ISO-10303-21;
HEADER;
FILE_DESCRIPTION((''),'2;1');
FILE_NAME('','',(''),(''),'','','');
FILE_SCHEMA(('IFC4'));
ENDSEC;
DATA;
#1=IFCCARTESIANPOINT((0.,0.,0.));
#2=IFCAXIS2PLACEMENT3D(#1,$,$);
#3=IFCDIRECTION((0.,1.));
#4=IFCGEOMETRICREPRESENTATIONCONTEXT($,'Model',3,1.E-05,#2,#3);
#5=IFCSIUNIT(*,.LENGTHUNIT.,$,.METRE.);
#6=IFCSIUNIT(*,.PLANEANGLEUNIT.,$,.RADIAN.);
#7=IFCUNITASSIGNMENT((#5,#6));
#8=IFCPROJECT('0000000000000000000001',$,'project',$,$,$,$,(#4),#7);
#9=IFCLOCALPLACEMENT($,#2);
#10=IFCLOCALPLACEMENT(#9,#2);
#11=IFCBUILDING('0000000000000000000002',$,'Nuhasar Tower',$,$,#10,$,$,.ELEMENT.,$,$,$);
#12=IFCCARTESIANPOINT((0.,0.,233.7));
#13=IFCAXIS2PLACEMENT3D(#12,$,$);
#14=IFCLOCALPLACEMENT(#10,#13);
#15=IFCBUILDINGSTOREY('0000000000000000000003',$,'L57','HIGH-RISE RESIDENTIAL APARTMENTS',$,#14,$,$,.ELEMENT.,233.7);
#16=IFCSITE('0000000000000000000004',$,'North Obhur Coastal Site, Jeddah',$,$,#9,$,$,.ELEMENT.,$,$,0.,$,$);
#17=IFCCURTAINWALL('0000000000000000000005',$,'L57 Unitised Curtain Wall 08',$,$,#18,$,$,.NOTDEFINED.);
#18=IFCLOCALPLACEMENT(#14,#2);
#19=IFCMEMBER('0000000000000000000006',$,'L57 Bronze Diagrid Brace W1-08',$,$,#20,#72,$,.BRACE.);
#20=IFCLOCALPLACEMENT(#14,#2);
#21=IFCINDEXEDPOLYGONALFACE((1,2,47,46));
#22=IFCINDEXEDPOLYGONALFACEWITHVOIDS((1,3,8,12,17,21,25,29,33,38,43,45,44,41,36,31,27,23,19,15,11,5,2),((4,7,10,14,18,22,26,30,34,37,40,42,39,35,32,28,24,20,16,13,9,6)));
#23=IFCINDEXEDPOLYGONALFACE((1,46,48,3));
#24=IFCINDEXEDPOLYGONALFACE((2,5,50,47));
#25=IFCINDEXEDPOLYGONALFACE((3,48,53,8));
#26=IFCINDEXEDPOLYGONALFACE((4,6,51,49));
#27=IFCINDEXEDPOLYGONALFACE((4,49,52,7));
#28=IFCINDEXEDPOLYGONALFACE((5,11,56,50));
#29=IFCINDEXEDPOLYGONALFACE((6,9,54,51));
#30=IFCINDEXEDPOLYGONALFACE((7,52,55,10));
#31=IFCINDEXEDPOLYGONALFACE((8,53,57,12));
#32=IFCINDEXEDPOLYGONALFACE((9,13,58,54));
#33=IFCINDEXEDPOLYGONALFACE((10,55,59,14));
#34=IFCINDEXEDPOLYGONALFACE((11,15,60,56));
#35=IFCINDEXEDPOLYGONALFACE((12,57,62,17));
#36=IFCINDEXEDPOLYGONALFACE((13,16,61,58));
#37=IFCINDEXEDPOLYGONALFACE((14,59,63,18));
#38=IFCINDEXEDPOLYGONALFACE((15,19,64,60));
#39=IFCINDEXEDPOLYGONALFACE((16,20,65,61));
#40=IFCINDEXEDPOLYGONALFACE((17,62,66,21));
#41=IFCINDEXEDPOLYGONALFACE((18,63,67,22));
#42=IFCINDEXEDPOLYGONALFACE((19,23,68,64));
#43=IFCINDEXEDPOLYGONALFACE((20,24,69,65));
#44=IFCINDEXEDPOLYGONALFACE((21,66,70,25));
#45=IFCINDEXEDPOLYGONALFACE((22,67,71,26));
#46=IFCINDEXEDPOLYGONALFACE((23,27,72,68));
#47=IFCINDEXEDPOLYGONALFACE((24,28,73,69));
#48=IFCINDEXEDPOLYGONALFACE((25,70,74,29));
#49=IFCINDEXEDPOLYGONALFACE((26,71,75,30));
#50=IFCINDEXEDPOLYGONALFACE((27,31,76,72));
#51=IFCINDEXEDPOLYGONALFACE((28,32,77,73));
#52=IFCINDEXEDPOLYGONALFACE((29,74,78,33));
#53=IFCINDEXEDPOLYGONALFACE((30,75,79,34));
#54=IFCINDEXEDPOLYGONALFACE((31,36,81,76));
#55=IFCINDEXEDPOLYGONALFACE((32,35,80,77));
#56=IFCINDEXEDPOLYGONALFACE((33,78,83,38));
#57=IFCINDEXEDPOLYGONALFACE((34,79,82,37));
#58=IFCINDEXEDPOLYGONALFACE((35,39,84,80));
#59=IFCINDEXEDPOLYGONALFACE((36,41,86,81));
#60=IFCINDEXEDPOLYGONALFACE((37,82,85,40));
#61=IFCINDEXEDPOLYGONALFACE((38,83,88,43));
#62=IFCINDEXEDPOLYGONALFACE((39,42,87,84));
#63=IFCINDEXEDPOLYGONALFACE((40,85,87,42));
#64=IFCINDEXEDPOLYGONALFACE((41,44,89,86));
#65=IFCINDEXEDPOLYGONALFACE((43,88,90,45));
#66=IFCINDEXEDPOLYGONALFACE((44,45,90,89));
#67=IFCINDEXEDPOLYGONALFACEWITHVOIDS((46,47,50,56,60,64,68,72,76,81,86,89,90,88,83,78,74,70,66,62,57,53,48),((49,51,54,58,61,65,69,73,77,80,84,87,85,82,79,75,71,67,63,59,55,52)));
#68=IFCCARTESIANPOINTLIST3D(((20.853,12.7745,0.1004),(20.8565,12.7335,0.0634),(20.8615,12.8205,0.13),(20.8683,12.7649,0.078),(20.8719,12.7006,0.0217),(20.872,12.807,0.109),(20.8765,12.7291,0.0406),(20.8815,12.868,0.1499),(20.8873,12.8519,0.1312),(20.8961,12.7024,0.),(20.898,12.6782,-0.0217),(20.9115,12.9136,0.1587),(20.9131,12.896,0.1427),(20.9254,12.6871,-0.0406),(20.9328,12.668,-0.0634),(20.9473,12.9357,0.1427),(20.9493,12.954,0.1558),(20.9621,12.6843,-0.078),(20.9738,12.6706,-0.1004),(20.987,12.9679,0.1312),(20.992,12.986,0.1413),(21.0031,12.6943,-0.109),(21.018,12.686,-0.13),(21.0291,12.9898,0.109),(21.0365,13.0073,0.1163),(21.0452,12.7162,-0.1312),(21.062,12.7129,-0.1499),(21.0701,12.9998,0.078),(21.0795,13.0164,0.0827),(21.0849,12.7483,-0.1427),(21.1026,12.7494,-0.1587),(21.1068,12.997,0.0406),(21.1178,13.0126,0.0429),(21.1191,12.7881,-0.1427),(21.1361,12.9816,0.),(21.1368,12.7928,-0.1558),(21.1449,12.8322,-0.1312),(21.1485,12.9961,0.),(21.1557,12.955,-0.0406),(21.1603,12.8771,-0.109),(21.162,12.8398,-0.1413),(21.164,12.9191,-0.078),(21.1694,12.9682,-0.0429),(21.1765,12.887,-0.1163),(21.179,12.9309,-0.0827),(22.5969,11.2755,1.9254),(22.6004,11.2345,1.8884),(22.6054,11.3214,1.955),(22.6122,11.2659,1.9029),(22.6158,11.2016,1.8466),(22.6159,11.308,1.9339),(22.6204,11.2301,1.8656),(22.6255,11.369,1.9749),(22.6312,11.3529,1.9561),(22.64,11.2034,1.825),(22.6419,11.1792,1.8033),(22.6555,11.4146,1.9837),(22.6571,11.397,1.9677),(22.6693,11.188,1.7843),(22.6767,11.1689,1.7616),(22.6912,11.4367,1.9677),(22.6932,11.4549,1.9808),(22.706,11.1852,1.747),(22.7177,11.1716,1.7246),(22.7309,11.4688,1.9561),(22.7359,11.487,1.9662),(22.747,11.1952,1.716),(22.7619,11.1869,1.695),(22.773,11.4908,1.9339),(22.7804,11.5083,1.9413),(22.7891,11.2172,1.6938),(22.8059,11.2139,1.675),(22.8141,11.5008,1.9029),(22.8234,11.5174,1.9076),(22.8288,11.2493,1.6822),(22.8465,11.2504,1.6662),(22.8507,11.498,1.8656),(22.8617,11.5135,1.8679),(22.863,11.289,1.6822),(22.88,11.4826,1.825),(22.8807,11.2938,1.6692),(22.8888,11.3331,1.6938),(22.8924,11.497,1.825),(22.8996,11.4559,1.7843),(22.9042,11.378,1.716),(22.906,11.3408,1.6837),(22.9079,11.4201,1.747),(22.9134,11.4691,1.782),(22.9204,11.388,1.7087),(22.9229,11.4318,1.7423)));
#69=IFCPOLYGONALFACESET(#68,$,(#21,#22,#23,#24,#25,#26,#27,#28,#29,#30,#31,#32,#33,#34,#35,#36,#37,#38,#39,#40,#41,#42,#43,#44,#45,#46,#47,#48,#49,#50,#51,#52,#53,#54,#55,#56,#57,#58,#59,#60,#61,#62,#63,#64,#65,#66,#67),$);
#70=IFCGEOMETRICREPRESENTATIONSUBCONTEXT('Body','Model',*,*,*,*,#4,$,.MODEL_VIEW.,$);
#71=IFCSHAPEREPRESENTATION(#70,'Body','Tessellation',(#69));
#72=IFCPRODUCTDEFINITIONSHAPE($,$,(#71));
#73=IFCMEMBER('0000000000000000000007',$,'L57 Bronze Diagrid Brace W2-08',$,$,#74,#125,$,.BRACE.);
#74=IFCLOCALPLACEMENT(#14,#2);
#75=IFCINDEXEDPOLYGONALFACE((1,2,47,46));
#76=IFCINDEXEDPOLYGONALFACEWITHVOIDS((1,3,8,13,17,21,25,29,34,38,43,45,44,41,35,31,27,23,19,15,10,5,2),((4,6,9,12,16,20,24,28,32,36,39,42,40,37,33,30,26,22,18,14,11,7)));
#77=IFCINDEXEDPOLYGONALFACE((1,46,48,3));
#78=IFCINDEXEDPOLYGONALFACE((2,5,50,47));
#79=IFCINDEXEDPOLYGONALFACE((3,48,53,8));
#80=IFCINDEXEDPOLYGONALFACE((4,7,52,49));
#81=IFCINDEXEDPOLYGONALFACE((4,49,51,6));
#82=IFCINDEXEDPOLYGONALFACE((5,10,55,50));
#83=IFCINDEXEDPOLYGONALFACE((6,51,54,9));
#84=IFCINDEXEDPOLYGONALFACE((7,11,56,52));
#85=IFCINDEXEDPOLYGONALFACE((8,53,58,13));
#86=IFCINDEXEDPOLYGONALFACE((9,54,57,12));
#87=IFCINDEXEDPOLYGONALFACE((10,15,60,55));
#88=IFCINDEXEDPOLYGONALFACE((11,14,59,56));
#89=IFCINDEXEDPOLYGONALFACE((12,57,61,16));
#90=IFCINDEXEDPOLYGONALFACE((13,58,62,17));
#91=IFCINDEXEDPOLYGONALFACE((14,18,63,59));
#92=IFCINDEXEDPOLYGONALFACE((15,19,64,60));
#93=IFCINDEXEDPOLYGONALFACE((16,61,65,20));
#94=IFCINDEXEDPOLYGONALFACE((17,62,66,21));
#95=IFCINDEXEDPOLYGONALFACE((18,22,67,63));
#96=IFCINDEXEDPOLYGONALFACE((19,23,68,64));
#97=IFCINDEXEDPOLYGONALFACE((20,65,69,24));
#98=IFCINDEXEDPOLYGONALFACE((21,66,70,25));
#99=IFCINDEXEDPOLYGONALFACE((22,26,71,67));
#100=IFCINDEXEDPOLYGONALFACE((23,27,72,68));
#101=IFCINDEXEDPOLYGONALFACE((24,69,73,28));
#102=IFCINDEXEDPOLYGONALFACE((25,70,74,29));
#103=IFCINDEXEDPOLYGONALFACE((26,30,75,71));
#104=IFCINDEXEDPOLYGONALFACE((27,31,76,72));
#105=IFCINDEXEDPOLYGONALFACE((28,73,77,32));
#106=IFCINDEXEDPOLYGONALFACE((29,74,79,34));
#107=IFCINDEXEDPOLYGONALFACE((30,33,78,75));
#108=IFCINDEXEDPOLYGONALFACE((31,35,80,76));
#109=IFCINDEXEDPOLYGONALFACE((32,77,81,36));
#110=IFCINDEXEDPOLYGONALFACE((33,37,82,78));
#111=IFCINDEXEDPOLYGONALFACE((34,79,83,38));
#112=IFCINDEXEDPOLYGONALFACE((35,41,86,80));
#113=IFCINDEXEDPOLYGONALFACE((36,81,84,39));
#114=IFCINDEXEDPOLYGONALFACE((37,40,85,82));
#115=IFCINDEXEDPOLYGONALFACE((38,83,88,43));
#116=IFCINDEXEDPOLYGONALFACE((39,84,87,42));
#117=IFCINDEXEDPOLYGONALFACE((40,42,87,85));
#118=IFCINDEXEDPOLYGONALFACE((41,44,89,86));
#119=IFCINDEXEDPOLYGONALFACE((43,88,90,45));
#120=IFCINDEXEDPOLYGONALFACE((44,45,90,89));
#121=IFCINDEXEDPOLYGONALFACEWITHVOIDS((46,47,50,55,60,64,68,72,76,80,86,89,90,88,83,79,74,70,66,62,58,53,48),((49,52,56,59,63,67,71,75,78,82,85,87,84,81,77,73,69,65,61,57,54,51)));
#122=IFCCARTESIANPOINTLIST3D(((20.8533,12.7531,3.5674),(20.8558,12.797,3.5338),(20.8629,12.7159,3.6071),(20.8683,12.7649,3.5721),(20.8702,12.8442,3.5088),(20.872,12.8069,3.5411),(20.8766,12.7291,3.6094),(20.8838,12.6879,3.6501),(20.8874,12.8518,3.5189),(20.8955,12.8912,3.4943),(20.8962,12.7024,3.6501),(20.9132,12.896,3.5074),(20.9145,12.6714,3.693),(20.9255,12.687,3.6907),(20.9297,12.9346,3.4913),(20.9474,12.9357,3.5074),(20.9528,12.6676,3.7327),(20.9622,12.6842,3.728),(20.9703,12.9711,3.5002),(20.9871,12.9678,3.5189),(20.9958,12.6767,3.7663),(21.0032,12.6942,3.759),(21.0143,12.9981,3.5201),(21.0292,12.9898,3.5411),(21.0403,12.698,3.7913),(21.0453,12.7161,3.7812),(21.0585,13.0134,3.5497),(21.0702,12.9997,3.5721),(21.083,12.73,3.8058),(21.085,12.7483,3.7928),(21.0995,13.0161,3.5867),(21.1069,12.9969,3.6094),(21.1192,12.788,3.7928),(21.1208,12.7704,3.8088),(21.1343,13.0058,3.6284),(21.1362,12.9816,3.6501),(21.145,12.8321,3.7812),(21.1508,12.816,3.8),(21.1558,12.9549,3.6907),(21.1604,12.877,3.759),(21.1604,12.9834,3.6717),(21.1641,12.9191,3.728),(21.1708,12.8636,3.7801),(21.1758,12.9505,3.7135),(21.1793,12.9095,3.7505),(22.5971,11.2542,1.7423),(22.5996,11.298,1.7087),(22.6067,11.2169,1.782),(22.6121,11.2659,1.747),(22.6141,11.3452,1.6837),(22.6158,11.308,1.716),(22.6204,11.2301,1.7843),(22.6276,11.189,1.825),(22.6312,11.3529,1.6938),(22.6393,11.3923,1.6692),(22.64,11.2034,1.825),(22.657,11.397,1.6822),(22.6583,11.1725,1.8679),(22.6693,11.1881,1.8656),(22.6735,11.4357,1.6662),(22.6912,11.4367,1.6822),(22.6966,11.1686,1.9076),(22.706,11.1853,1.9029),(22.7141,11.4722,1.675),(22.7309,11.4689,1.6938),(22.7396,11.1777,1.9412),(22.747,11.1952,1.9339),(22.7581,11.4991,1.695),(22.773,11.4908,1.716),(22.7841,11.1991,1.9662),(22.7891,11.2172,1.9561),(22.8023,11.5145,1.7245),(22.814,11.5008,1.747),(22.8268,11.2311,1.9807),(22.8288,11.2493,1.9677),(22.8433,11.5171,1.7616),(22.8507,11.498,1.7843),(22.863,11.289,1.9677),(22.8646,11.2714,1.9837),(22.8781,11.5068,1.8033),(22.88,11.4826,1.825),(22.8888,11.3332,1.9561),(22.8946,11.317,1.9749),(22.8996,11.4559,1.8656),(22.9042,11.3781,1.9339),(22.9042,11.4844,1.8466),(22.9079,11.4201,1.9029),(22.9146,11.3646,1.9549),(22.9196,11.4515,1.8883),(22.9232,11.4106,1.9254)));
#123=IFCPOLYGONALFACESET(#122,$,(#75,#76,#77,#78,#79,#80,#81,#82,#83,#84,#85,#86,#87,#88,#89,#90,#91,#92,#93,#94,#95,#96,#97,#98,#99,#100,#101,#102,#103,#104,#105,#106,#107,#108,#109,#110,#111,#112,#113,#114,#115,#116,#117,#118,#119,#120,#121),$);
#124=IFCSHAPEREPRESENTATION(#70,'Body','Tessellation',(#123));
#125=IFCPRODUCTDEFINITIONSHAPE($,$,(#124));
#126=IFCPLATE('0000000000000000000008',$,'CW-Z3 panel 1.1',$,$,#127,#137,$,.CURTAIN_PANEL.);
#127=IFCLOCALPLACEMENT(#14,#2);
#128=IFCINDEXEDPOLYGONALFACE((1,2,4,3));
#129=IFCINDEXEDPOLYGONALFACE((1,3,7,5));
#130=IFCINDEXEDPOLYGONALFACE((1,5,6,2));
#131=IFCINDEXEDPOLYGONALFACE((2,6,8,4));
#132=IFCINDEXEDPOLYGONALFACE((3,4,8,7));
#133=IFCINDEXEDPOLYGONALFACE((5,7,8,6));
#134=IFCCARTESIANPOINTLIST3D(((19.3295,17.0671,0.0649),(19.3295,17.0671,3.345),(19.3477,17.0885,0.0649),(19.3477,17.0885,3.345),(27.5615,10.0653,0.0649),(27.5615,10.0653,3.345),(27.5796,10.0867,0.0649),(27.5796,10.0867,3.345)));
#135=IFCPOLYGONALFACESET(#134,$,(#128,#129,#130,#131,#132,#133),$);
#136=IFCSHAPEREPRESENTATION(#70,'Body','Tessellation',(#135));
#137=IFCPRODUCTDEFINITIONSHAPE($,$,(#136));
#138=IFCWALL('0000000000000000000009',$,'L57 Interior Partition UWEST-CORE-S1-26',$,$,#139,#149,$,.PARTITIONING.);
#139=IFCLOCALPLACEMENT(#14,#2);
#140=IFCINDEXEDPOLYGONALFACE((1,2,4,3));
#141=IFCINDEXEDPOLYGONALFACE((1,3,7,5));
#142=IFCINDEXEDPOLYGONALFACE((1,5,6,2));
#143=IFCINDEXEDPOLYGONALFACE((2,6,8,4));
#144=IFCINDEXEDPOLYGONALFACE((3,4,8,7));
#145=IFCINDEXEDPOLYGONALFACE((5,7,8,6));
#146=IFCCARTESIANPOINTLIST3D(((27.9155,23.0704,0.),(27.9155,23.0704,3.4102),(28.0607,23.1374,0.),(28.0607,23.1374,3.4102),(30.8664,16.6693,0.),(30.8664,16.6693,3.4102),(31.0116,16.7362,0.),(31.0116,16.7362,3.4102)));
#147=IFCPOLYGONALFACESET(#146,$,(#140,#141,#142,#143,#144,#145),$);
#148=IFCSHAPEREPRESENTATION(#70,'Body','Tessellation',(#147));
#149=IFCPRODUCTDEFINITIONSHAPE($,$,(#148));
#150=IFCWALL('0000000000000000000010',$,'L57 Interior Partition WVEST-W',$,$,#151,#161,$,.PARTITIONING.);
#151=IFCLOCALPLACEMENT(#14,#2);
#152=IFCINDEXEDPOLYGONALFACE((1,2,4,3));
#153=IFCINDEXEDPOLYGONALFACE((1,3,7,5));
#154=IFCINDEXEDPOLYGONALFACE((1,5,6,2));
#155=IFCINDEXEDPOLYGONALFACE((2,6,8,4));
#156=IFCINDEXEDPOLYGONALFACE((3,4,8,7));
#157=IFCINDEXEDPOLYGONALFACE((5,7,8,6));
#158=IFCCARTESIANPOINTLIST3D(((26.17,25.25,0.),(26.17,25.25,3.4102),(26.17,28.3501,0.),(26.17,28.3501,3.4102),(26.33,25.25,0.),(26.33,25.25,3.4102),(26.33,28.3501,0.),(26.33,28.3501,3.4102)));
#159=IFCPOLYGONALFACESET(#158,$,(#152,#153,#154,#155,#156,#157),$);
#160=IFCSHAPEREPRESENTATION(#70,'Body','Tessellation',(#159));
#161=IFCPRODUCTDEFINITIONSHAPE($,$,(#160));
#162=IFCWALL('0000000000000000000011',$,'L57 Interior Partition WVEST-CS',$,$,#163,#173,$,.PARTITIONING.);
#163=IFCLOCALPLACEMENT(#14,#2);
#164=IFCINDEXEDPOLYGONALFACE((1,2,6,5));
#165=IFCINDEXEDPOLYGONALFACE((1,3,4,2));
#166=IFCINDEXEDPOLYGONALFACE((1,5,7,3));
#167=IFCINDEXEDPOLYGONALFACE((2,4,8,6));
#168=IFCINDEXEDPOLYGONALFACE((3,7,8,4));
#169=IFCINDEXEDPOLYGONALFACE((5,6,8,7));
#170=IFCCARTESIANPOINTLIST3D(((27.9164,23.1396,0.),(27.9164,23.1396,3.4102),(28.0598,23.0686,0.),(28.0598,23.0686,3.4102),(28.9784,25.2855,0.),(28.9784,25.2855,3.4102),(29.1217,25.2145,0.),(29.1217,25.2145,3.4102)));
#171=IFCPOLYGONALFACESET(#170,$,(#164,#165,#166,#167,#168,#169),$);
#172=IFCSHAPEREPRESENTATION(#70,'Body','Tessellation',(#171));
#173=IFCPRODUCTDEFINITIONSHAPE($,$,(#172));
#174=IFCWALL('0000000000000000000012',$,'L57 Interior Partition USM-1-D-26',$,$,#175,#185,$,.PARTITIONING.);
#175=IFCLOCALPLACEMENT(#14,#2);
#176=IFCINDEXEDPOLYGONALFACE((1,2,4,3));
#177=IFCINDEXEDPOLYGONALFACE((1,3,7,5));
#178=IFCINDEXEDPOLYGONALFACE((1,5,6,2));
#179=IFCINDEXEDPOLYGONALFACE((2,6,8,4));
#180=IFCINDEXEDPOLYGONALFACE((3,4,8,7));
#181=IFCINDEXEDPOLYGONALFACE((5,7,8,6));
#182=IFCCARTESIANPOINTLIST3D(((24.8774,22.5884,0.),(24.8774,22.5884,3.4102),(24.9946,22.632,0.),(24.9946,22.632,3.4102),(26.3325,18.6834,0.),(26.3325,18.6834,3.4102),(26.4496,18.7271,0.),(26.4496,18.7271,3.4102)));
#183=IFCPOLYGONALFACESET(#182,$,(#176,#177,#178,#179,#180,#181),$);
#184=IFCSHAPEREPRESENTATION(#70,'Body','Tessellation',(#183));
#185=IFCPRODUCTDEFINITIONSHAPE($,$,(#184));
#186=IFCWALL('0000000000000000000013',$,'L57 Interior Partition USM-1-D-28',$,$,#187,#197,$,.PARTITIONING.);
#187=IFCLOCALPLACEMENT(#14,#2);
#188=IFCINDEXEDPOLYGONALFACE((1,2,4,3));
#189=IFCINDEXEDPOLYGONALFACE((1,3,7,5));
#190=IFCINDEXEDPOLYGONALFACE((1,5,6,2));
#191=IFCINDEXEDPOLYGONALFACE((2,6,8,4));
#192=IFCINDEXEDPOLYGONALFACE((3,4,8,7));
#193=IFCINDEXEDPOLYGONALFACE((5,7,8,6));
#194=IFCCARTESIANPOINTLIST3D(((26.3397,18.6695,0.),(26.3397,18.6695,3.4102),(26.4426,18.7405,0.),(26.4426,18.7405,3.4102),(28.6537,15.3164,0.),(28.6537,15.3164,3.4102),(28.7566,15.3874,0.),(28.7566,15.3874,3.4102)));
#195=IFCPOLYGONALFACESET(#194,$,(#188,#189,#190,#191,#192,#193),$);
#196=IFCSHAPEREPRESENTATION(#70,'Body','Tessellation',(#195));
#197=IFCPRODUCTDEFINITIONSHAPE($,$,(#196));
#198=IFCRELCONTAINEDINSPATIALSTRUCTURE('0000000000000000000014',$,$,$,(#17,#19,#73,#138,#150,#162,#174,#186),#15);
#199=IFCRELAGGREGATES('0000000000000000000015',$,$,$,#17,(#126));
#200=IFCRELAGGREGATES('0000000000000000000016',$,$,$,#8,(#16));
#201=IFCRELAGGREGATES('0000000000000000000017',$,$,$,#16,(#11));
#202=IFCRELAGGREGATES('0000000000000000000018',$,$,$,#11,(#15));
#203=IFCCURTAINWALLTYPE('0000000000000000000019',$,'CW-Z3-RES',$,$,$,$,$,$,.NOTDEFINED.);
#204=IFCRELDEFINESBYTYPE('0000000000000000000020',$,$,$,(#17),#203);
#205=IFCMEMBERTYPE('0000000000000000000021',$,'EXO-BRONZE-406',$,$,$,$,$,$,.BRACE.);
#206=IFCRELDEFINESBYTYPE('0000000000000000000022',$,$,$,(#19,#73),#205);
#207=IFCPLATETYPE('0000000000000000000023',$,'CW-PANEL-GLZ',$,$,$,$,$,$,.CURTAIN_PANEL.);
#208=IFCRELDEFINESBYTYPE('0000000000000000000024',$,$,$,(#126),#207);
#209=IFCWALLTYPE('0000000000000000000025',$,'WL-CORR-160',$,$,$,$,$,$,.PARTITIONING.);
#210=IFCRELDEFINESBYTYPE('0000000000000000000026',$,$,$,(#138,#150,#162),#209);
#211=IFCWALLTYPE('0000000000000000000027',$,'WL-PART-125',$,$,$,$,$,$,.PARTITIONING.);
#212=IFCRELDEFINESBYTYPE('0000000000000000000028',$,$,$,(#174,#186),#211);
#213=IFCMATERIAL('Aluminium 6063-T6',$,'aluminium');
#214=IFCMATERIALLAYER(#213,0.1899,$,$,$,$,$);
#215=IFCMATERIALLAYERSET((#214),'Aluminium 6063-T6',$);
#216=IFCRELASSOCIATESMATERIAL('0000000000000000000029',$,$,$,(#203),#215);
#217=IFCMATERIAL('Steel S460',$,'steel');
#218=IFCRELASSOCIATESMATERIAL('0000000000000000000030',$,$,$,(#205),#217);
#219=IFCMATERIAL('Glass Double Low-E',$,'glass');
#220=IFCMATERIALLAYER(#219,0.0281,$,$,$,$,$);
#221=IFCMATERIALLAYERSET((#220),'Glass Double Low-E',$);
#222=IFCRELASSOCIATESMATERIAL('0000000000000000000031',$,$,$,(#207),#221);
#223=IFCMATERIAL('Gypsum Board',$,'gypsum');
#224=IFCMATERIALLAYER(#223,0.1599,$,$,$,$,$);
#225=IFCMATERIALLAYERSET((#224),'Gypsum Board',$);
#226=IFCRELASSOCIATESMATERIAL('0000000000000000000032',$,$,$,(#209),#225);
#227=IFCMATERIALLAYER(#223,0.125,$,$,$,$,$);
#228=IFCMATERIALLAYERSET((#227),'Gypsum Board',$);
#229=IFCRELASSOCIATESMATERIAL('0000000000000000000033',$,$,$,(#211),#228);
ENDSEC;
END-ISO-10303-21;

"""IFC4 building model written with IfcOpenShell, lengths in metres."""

from ifc_helpers import new_model, si_unit, direction, frame, frame_2d, origin, origin_2d, place, context, subcontext, project, spatial, rectangle, hollow_circle, extrude, material, layer, layer_set, material_profile, profile_set, type_object, element, aggregate, save


model = new_model("IFC4")

# Units and contexts
model_context = context("Model", 3, precision=1e-05, world=origin(), true_north=direction((0.0, 1.0)))
body_context = subcontext(model_context, "Body", "Model", "MODEL_VIEW")
ifc_project = project(units=[si_unit("LENGTHUNIT", "METRE"), si_unit("PLANEANGLEUNIT", "RADIAN")], contexts=[model_context])

# Site, building, storey
site_placement = place(None, origin())
site = spatial("IfcSite", under=ifc_project, at=site_placement, Name="North Obhur Coastal Site, Jeddah", CompositionType="ELEMENT", RefElevation=0.0)
building_placement = place(site_placement, origin())
building = spatial("IfcBuilding", under=site, at=building_placement, Name="Nuhasar Tower", CompositionType="ELEMENT")
storey_placement = place(building_placement, frame((0.0, 0.0, 233.7)))
storey = spatial("IfcBuildingStorey", under=building, at=storey_placement, Name="L57", Description="HIGH-RISE RESIDENTIAL APARTMENTS", CompositionType="ELEMENT", Elevation=233.7)

# Curtain wall
ifc_material_1 = material(Name="Aluminium 6063-T6", Category="aluminium")
ifc_layer_1 = layer(ifc_material_1, 0.1899)
ifc_layer_set_1 = layer_set([ifc_layer_1], Name="Aluminium 6063-T6")
curtain_wall_type = type_object("IfcCurtainWallType", Name="CW-Z3-RES", PredefinedType="NOTDEFINED", material=ifc_layer_set_1)
curtain_wall_1_placement = place(storey_placement, origin())
curtain_wall_1 = element("IfcCurtainWall", 1, at=curtain_wall_1_placement, inside=storey, type_object=curtain_wall_type, Name="L57 Unitised Curtain Wall 08", PredefinedType="NOTDEFINED")

# Members
ifc_material_2 = material(Name="Steel S460", Category="steel")
ifc_material_profile_1 = material_profile(ifc_material_2, hollow_circle(Radius=0.2031, WallThickness=0.019, at=origin_2d()), Name="HSS406.4X19.1")
ifc_profile_set_1 = profile_set([ifc_material_profile_1], Name="Steel S460")
member_type_1 = type_object("IfcMemberType", Name="EXO-BRONZE-406", PredefinedType="BRACE", material=ifc_profile_set_1)
for number, where, z_axis, x_axis, name in (
    (2, (21.0161, 12.842, 0.0), (0.594019, -0.510608, 0.621628), (0.651857, 0.758342, 0.0), "L57 Bronze Diagrid Brace W1-08"),
    (3, (22.76, 11.343, 1.825), (-0.593988, 0.510582, 0.621679), (-0.651857, -0.758342, 0.0), "L57 Bronze Diagrid Brace W2-08"),
):
    element("IfcMember", number, at=place(storey_placement, frame(where, z_axis=z_axis, x_axis=x_axis)), inside=storey, type_object=member_type_1, Name=name, PredefinedType="BRACE", context=body_context, shape_type="SweptSolid", body=[
        extrude(hollow_circle(Radius=0.2031, WallThickness=0.019, at=origin_2d()), origin(), (0.0, 0.0, 1.0), 2.9358),
    ])

# Plate
ifc_material_3 = material(Name="Glass Double Low-E", Category="glass")
ifc_layer_2 = layer(ifc_material_3, 0.0281)
ifc_layer_set_2 = layer_set([ifc_layer_2], Name="Glass Double Low-E")
plate_type = type_object("IfcPlateType", Name="CW-PANEL-GLZ", PredefinedType="CURTAIN_PANEL", material=ifc_layer_set_2)
plate_placement = place(storey_placement, frame((23.4546, 13.5769, 0.0649), z_axis=(0.0, 0.0, 1.0), x_axis=(0.761729, -0.647895, 0.0)))
plate = element("IfcPlate", 4, at=plate_placement, type_object=plate_type, Name="CW-Z3 panel 1.1", PredefinedType="CURTAIN_PANEL", context=body_context, shape_type="SweptSolid", body=[
    extrude(rectangle(XDim=10.8069, YDim=0.0281, at=origin_2d()), origin(), (0.0, 0.0, 1.0), 3.28),
])
aggregate(curtain_wall_1, [plate])

# Wall
ifc_material_4 = material(Name="Gypsum Board", Category="gypsum")
ifc_layer_3 = layer(ifc_material_4, 0.1599)
ifc_layer_set_3 = layer_set([ifc_layer_3], Name="Gypsum Board")
wall_type_1 = type_object("IfcWallType", Name="WL-CORR-160", PredefinedType="PARTITIONING", material=ifc_layer_set_3)
wall_1_placement = place(storey_placement, frame((27.988, 23.104, 0.0), z_axis=(0.0, 0.0, 1.0), x_axis=(0.418656, -0.908145, 0.0)))
element("IfcWall", 5, at=wall_1_placement, inside=storey, type_object=wall_type_1, Name="L57 Interior Partition UWEST-CORE-S1-26", PredefinedType="PARTITIONING", context=body_context, shape_type="SweptSolid", body=[
    extrude(rectangle(XDim=7.0486, YDim=0.1599, at=frame_2d((3.5244, 0.0))), origin(), (0.0, 0.0, 1.0), 3.4102),
])

# Walls
wall_2_placement = place(storey_placement, frame((26.25, 25.25, 0.0), z_axis=(0.0, 0.0, 1.0), x_axis=(0.0, 1.0, 0.0)))
element("IfcWall", 6, at=wall_2_placement, inside=storey, type_object=wall_type_1, Name="L57 Interior Partition WVEST-W", PredefinedType="PARTITIONING", context=body_context, shape_type="SweptSolid", body=[
    extrude(rectangle(XDim=3.1001, YDim=0.1599, at=frame_2d((1.55, 0.0))), origin(), (0.0, 0.0, 1.0), 3.4102),
])
wall_3_placement = place(storey_placement, frame((27.988, 23.104, 0.0), z_axis=(0.0, 0.0, 1.0), x_axis=(0.443539, 0.896255, 0.0)))
element("IfcWall", 7, at=wall_3_placement, inside=storey, type_object=wall_type_1, Name="L57 Interior Partition WVEST-CS", PredefinedType="PARTITIONING", context=body_context, shape_type="SweptSolid", body=[
    extrude(rectangle(XDim=2.3943, YDim=0.1599, at=frame_2d((1.1973, 0.0))), origin(), (0.0, 0.0, 1.0), 3.4102),
])
ifc_layer_4 = layer(ifc_material_4, 0.125)
ifc_layer_set_4 = layer_set([ifc_layer_4], Name="Gypsum Board")
wall_type_2 = type_object("IfcWallType", Name="WL-PART-125", PredefinedType="PARTITIONING", material=ifc_layer_set_4)
wall_4_placement = place(storey_placement, frame((24.936, 22.6101, 0.0), z_axis=(0.0, 0.0, 1.0), x_axis=(0.349165, -0.937061, 0.0)))
element("IfcWall", 8, at=wall_4_placement, inside=storey, type_object=wall_type_2, Name="L57 Interior Partition USM-1-D-26", PredefinedType="PARTITIONING", context=body_context, shape_type="SweptSolid", body=[
    extrude(rectangle(XDim=4.1672, YDim=0.125, at=frame_2d((2.0835, 0.0))), origin(), (0.0, 0.0, 1.0), 3.4102),
])
wall_5_placement = place(storey_placement, frame((26.3911, 18.7051, 0.0), z_axis=(0.0, 0.0, 1.0), x_axis=(0.567988, -0.823037, 0.0)))
element("IfcWall", 9, at=wall_5_placement, inside=storey, type_object=wall_type_2, Name="L57 Interior Partition USM-1-D-28", PredefinedType="PARTITIONING", context=body_context, shape_type="SweptSolid", body=[
    extrude(rectangle(XDim=4.074, YDim=0.125, at=frame_2d((2.0371, 0.0))), origin(), (0.0, 0.0, 1.0), 3.4102),
])

save(model, "model.ifc")
